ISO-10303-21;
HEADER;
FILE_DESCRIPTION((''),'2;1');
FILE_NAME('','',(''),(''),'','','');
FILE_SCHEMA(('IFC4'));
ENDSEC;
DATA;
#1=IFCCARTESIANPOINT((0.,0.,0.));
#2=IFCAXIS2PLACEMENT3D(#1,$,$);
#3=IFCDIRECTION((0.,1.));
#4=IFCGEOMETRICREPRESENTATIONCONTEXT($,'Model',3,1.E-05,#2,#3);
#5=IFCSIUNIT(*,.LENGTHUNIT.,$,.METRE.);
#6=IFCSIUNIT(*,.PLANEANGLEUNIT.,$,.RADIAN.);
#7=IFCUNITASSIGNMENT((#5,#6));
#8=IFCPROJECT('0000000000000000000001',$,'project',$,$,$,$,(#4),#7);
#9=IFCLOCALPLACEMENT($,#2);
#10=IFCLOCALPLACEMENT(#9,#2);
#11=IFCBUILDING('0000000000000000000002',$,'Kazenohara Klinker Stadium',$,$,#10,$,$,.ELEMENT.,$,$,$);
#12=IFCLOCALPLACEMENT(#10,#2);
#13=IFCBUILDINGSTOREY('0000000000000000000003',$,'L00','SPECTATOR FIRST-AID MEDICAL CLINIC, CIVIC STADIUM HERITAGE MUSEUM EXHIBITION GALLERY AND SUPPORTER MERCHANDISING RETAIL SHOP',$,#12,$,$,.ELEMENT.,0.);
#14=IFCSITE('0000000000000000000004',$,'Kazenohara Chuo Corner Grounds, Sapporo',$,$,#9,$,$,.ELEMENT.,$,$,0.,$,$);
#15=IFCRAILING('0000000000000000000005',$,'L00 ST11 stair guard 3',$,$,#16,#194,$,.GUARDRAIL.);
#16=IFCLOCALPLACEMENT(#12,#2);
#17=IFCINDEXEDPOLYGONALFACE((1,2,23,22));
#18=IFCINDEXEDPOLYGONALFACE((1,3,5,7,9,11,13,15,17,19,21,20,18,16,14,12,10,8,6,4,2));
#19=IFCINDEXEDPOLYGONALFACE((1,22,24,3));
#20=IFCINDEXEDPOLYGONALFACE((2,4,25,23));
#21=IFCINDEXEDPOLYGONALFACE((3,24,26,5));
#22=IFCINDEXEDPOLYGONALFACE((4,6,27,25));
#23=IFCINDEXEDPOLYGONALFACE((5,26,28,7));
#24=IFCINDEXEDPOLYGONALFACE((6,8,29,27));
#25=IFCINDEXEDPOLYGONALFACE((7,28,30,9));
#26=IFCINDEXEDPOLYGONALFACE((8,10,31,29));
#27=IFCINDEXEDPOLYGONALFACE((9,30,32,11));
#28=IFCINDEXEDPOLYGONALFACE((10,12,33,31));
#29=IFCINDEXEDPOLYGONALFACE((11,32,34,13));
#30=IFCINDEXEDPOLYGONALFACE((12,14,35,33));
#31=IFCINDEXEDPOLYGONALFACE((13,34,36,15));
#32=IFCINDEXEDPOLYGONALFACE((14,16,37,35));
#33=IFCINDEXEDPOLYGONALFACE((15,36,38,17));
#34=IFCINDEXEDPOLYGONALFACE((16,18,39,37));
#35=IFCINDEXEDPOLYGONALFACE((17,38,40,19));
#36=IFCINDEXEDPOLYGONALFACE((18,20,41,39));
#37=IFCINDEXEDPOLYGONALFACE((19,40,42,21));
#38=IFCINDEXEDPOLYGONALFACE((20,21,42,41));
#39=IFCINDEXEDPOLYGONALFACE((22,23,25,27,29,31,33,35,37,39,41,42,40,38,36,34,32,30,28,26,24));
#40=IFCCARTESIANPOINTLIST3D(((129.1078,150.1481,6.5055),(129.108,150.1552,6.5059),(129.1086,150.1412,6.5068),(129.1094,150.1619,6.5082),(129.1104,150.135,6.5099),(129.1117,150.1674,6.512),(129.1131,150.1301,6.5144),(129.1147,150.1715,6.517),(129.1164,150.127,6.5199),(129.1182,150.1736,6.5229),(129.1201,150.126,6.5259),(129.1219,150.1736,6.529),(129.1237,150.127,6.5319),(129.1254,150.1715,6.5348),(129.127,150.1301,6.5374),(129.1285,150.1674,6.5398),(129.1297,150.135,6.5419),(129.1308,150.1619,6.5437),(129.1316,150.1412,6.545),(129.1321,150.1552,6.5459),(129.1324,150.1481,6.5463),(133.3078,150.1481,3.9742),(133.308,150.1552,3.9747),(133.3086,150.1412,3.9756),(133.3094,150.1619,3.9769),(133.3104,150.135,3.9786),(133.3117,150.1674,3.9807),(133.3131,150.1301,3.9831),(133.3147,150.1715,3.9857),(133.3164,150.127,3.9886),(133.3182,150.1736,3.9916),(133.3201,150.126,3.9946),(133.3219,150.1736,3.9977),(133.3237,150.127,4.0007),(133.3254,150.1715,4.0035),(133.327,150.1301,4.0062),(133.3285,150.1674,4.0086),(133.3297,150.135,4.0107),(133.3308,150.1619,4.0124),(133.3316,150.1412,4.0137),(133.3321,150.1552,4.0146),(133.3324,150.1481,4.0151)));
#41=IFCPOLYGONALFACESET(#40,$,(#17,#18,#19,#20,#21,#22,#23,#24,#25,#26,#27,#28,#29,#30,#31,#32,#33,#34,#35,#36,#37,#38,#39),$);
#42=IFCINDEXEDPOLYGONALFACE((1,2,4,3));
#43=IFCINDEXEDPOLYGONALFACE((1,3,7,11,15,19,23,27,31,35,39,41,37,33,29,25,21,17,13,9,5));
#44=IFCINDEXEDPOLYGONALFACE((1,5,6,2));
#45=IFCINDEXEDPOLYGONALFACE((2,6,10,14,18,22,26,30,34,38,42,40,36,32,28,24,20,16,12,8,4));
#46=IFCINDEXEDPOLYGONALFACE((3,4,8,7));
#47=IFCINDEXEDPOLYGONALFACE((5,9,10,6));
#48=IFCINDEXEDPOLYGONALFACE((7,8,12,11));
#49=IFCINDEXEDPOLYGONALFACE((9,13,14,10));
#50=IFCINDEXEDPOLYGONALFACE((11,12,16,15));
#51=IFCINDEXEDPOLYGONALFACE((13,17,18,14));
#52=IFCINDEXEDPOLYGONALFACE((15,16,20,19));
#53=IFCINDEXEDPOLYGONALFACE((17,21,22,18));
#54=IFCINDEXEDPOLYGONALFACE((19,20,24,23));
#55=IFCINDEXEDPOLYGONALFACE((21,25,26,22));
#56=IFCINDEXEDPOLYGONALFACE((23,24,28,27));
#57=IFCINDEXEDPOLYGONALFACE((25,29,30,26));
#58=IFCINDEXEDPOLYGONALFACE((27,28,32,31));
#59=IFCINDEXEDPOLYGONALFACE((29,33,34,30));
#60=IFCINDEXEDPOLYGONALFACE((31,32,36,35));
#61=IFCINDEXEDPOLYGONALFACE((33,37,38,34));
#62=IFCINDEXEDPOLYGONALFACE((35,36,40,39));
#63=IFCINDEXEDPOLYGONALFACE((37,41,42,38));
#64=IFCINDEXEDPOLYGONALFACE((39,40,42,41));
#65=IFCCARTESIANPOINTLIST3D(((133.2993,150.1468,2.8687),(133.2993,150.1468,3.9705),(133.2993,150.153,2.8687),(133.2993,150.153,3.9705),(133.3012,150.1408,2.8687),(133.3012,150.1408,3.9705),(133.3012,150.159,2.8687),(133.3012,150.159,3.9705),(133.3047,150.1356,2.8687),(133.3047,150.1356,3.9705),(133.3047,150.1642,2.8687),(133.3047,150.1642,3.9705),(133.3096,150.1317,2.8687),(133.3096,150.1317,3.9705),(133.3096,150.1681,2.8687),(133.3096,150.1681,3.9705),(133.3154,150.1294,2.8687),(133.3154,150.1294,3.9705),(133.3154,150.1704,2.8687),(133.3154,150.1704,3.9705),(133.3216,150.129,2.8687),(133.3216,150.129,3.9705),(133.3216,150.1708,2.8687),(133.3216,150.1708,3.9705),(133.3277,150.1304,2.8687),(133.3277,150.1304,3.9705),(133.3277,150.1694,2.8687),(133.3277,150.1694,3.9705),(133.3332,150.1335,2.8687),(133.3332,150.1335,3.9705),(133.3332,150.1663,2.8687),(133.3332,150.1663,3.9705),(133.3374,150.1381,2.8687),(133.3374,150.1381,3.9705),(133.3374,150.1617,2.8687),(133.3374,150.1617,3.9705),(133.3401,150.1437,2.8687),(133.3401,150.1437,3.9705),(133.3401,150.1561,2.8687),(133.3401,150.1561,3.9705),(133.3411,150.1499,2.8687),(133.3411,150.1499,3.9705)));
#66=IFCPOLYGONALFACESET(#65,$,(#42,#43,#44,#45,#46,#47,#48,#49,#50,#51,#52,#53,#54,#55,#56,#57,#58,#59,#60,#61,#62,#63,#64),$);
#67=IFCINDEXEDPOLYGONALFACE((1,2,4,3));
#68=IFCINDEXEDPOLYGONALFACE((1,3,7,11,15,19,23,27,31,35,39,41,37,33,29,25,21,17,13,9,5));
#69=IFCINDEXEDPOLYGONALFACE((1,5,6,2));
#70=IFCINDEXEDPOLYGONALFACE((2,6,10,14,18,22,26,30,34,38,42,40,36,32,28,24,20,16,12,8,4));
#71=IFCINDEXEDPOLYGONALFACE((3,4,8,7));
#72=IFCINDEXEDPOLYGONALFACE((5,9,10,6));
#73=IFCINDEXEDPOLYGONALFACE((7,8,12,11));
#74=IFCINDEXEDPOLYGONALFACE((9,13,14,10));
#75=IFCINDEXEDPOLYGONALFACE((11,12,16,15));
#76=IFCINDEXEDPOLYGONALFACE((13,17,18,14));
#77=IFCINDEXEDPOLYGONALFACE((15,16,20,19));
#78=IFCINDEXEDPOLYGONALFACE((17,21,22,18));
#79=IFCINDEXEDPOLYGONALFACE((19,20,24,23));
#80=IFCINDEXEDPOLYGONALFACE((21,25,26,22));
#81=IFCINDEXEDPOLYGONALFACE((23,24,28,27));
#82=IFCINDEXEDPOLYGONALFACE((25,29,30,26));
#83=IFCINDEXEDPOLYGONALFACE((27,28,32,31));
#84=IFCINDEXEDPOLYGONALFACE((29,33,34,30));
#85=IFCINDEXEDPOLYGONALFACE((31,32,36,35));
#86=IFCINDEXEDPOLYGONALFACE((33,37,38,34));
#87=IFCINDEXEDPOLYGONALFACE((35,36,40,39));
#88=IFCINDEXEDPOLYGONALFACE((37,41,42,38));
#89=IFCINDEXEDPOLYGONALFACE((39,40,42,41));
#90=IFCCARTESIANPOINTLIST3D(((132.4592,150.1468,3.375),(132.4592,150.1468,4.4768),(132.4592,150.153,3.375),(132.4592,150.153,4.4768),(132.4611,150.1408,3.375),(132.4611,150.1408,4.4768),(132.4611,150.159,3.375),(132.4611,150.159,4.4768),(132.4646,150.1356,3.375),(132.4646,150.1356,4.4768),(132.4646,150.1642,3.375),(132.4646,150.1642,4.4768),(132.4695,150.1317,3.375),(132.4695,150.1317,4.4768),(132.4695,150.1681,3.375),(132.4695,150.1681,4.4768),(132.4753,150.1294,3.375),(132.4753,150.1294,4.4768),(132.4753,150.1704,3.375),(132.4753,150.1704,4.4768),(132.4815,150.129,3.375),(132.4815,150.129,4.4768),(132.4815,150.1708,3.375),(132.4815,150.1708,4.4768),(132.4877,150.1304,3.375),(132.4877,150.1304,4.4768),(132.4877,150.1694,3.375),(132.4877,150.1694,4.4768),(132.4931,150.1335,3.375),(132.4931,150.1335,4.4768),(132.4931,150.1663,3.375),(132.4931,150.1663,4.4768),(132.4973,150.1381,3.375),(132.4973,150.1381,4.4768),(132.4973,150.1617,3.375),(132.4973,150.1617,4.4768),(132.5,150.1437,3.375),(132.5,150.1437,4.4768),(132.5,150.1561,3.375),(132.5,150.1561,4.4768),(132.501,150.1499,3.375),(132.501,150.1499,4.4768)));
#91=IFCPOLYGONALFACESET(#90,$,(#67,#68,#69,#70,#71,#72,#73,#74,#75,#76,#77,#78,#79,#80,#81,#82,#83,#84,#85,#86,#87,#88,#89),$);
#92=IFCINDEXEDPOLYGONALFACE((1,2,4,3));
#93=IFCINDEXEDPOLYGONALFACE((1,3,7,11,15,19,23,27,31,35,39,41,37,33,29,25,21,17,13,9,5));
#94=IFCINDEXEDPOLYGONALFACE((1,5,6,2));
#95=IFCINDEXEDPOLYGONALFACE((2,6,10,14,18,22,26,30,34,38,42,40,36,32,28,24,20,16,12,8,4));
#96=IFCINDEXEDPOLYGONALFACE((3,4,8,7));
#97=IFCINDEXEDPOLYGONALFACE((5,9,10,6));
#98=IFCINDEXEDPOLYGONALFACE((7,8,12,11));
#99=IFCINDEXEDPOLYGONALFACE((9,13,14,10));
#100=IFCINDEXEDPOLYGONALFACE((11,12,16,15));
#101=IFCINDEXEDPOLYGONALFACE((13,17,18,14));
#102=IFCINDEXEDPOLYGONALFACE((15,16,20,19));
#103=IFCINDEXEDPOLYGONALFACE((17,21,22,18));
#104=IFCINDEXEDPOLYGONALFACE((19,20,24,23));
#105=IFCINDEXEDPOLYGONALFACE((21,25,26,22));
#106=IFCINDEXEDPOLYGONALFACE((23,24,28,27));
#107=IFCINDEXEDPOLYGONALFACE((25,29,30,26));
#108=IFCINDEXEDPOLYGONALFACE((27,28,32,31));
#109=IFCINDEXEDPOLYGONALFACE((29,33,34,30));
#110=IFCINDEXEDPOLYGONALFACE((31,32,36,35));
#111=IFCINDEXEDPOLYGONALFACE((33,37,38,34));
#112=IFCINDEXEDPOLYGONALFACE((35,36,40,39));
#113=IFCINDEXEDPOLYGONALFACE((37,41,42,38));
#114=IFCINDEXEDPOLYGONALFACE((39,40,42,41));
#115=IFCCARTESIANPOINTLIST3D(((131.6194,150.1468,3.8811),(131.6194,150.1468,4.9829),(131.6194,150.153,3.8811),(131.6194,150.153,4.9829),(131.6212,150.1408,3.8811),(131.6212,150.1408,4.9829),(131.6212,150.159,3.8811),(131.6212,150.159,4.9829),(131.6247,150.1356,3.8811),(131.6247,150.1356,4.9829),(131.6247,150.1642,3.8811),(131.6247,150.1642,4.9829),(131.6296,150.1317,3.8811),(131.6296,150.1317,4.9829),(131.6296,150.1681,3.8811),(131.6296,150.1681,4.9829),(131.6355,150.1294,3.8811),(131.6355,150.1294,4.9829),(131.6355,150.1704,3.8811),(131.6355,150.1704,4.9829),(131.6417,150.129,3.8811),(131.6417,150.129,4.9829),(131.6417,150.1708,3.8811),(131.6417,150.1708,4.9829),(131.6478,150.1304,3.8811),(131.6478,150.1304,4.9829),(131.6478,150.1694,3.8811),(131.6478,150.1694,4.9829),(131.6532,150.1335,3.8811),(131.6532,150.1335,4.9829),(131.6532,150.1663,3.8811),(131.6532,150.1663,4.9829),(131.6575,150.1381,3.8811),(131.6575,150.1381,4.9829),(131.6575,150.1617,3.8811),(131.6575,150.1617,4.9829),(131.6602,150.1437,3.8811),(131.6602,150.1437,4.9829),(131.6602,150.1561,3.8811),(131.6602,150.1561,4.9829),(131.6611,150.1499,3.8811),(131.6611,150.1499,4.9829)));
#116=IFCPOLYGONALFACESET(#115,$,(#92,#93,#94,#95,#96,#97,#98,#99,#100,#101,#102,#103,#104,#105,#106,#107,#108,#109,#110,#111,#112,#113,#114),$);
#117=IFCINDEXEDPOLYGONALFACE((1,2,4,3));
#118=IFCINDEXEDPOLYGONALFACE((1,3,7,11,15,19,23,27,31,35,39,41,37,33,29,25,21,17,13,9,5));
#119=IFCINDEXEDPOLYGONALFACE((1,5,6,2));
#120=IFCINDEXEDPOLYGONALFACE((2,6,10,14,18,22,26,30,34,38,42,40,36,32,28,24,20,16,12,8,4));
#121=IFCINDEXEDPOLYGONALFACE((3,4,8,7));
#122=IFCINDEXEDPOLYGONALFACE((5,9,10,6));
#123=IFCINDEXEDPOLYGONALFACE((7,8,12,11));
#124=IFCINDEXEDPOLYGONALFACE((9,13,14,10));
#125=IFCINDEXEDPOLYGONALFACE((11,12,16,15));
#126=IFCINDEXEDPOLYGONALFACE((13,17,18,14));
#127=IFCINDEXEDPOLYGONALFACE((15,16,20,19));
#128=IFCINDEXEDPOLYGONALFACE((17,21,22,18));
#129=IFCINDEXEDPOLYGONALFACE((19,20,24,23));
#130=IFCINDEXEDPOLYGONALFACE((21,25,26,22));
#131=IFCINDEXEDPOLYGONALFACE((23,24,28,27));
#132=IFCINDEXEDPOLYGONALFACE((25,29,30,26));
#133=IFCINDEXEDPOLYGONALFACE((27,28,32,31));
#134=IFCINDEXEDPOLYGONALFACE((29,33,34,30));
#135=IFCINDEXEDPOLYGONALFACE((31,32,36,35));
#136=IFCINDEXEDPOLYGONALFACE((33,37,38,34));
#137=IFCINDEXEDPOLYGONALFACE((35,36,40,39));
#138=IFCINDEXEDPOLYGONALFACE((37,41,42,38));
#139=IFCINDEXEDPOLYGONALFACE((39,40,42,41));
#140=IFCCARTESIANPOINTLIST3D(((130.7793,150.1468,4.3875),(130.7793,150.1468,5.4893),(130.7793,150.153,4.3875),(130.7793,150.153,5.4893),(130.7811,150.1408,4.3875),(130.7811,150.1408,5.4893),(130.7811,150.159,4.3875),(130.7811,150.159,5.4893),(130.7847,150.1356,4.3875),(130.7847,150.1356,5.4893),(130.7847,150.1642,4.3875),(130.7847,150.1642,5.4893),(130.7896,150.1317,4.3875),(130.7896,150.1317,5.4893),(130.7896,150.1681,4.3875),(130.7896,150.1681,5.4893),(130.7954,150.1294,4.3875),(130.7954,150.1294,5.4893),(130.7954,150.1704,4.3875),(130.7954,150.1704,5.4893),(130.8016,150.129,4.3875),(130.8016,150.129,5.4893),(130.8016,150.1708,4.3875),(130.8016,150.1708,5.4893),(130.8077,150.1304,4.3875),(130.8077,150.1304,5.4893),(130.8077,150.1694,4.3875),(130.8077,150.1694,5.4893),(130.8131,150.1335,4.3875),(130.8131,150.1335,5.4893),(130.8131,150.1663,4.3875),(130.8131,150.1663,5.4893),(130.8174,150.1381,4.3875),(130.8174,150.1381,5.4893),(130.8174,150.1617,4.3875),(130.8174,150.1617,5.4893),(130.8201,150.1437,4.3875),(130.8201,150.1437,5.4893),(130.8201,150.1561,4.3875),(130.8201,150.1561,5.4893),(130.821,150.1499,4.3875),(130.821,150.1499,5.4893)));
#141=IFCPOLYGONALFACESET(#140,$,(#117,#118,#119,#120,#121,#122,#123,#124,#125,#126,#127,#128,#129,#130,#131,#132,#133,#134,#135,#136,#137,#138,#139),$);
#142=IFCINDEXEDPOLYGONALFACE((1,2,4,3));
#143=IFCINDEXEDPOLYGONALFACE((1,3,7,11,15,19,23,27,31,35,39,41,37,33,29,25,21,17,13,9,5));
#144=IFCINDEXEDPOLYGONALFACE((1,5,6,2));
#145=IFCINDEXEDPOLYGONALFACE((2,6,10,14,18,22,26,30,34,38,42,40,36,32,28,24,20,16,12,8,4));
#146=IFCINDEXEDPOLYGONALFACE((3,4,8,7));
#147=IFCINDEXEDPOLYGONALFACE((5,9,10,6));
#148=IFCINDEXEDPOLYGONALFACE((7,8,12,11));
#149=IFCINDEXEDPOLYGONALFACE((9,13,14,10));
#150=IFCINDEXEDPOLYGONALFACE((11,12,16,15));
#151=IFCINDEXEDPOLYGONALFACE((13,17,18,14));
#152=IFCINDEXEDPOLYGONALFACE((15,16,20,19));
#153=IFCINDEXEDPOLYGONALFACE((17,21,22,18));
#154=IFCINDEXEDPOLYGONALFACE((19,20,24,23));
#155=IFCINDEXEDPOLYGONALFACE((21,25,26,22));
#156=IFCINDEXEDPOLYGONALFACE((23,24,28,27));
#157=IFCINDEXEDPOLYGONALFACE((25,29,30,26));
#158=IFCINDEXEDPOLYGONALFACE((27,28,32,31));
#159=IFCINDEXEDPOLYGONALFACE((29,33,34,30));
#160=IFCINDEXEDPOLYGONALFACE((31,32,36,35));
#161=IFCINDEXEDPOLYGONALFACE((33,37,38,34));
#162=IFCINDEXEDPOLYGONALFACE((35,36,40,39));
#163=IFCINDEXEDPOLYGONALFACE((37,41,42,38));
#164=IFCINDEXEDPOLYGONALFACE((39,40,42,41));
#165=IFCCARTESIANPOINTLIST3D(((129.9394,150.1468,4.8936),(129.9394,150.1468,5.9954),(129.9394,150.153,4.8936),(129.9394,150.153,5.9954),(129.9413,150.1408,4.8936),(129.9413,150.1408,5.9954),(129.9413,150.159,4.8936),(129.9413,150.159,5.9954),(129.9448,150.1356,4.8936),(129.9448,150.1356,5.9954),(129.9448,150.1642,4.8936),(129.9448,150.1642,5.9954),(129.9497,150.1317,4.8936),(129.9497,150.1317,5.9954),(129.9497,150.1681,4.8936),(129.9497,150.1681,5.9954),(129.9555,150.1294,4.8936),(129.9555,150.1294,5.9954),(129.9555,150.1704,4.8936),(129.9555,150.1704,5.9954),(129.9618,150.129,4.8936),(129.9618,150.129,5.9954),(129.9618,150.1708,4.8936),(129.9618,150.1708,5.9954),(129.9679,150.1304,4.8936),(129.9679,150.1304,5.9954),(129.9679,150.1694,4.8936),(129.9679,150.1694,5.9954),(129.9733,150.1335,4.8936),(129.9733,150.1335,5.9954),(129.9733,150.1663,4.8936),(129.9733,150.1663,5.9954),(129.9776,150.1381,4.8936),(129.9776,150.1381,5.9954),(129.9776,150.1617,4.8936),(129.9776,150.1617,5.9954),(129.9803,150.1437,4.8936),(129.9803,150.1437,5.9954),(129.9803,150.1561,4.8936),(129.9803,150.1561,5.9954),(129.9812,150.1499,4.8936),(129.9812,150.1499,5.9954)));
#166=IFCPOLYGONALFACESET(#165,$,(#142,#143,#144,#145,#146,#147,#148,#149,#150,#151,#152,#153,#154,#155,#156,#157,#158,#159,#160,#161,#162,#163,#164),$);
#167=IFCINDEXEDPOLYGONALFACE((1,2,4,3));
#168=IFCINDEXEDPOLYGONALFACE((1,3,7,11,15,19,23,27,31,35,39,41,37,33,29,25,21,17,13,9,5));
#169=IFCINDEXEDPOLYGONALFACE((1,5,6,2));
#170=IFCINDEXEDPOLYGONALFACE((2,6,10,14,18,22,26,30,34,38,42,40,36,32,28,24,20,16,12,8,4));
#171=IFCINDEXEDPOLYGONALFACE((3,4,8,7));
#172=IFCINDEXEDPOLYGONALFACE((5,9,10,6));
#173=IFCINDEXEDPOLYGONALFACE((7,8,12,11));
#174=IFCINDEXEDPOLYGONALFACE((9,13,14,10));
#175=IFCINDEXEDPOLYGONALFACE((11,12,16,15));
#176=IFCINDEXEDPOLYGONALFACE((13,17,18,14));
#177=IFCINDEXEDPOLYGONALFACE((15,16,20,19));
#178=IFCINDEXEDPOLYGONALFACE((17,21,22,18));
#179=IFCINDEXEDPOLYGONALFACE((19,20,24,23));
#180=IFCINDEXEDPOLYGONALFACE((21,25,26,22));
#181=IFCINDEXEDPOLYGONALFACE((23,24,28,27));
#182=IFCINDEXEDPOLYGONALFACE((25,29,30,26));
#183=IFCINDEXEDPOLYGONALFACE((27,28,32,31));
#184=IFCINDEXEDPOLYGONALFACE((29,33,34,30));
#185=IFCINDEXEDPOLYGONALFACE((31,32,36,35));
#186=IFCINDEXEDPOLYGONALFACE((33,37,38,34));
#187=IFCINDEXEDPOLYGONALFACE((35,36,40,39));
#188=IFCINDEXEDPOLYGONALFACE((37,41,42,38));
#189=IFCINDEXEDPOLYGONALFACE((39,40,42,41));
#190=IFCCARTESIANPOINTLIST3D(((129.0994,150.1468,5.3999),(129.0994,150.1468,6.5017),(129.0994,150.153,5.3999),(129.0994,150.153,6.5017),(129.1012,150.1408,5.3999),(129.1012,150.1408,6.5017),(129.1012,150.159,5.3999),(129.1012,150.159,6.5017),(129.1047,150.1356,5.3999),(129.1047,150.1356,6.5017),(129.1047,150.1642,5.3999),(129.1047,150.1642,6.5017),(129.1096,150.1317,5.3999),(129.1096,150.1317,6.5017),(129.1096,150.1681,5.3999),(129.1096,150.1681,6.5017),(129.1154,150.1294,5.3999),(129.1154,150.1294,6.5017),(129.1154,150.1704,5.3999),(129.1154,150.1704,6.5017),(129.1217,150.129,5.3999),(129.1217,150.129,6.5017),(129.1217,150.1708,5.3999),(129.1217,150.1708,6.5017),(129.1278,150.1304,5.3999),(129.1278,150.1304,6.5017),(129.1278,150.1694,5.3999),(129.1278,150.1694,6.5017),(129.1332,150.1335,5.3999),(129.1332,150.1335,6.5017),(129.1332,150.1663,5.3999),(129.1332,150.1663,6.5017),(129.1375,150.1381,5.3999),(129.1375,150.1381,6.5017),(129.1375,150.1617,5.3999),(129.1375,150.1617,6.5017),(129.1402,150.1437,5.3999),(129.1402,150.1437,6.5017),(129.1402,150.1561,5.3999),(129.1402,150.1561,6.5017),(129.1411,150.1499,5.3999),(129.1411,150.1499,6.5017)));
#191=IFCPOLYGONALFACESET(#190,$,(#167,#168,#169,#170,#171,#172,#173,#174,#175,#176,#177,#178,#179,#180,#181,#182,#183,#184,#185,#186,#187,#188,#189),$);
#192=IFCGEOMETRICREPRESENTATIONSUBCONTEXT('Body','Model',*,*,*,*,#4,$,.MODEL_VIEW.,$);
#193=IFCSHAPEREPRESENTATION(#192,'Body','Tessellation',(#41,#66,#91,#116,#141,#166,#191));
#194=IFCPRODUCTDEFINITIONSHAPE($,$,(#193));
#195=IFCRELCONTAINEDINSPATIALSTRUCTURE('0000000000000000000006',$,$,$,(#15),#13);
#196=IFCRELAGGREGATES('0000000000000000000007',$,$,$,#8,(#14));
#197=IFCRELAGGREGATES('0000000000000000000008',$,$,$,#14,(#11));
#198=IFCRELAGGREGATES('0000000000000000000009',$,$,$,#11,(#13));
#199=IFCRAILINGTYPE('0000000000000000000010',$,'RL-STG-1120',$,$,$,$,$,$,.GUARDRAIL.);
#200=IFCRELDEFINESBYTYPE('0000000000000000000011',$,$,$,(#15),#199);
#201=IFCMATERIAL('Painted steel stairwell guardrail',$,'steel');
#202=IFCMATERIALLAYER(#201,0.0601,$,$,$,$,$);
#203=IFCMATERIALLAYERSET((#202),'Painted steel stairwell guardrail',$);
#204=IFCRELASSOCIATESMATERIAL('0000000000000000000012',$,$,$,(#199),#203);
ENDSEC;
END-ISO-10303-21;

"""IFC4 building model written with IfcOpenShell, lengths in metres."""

from ifc_helpers import new_model, si_unit, direction, frame, origin, origin_2d, place, context, subcontext, project, spatial, circle, extrude, material, layer, layer_set, type_object, element, save


model = new_model("IFC4")

# Units and contexts
model_context = context("Model", 3, precision=1e-05, world=origin(), true_north=direction((0.0, 1.0)))
body_context = subcontext(model_context, "Body", "Model", "MODEL_VIEW")
ifc_project = project(units=[si_unit("LENGTHUNIT", "METRE"), si_unit("PLANEANGLEUNIT", "RADIAN")], contexts=[model_context])

# Site, building, storey
site_placement = place(None, origin())
site = spatial("IfcSite", under=ifc_project, at=site_placement, Name="Kazenohara Chuo Corner Grounds, Sapporo", CompositionType="ELEMENT", RefElevation=0.0)
building_placement = place(site_placement, origin())
building = spatial("IfcBuilding", under=site, at=building_placement, Name="Kazenohara Klinker Stadium", CompositionType="ELEMENT")
storey_placement = place(building_placement, origin())
storey = spatial("IfcBuildingStorey", under=building, at=storey_placement, Name="L00", Description="SPECTATOR FIRST-AID MEDICAL CLINIC, CIVIC STADIUM HERITAGE MUSEUM EXHIBITION GALLERY AND SUPPORTER MERCHANDISING RETAIL SHOP", CompositionType="ELEMENT", Elevation=0.0)

# Railing
ifc_material_1 = material(Name="Painted steel stairwell guardrail", Category="steel")
ifc_layer_1 = layer(ifc_material_1, 0.0601)
ifc_layer_set_1 = layer_set([ifc_layer_1], Name="Painted steel stairwell guardrail")
railing_type_1 = type_object("IfcRailingType", Name="RL-STG-1120", PredefinedType="GUARDRAIL", material=ifc_layer_set_1)
railing_1_placement = place(storey_placement, frame((133.3201, 150.1499, 2.8687)))
element("IfcRailing", 1, at=railing_1_placement, inside=storey, type_object=railing_type_1, Name="L00 ST11 stair guard 3", PredefinedType="GUARDRAIL", context=body_context, shape_type="SweptSolid", body=[
    extrude(circle(Radius=0.0239, at=origin_2d()), frame((0.0, 0.0, 1.126), z_axis=(-0.856476, 0.0, 0.516186), x_axis=(0.0, -1.0, 0.0)), (0.0, 0.0, 1.0), 4.9038),
    extrude(circle(Radius=0.021, at=origin_2d()), origin(), (0.0, 0.0, 1.0), 1.1018),
    extrude(circle(Radius=0.021, at=origin_2d()), frame((-0.8401, 0.0, 0.5063)), (0.0, 0.0, 1.0), 1.1018),
    extrude(circle(Radius=0.021, at=origin_2d()), frame((-1.6799, 0.0, 1.0125)), (0.0, 0.0, 1.0), 1.1018),
    extrude(circle(Radius=0.021, at=origin_2d()), frame((-2.52, 0.0, 1.5188)), (0.0, 0.0, 1.0), 1.1018),
    extrude(circle(Radius=0.021, at=origin_2d()), frame((-3.3599, 0.0, 2.0249)), (0.0, 0.0, 1.0), 1.1018),
    extrude(circle(Radius=0.021, at=origin_2d()), frame((-4.2, 0.0, 2.5312)), (0.0, 0.0, 1.0), 1.1018),
])

save(model, "model.ifc")
